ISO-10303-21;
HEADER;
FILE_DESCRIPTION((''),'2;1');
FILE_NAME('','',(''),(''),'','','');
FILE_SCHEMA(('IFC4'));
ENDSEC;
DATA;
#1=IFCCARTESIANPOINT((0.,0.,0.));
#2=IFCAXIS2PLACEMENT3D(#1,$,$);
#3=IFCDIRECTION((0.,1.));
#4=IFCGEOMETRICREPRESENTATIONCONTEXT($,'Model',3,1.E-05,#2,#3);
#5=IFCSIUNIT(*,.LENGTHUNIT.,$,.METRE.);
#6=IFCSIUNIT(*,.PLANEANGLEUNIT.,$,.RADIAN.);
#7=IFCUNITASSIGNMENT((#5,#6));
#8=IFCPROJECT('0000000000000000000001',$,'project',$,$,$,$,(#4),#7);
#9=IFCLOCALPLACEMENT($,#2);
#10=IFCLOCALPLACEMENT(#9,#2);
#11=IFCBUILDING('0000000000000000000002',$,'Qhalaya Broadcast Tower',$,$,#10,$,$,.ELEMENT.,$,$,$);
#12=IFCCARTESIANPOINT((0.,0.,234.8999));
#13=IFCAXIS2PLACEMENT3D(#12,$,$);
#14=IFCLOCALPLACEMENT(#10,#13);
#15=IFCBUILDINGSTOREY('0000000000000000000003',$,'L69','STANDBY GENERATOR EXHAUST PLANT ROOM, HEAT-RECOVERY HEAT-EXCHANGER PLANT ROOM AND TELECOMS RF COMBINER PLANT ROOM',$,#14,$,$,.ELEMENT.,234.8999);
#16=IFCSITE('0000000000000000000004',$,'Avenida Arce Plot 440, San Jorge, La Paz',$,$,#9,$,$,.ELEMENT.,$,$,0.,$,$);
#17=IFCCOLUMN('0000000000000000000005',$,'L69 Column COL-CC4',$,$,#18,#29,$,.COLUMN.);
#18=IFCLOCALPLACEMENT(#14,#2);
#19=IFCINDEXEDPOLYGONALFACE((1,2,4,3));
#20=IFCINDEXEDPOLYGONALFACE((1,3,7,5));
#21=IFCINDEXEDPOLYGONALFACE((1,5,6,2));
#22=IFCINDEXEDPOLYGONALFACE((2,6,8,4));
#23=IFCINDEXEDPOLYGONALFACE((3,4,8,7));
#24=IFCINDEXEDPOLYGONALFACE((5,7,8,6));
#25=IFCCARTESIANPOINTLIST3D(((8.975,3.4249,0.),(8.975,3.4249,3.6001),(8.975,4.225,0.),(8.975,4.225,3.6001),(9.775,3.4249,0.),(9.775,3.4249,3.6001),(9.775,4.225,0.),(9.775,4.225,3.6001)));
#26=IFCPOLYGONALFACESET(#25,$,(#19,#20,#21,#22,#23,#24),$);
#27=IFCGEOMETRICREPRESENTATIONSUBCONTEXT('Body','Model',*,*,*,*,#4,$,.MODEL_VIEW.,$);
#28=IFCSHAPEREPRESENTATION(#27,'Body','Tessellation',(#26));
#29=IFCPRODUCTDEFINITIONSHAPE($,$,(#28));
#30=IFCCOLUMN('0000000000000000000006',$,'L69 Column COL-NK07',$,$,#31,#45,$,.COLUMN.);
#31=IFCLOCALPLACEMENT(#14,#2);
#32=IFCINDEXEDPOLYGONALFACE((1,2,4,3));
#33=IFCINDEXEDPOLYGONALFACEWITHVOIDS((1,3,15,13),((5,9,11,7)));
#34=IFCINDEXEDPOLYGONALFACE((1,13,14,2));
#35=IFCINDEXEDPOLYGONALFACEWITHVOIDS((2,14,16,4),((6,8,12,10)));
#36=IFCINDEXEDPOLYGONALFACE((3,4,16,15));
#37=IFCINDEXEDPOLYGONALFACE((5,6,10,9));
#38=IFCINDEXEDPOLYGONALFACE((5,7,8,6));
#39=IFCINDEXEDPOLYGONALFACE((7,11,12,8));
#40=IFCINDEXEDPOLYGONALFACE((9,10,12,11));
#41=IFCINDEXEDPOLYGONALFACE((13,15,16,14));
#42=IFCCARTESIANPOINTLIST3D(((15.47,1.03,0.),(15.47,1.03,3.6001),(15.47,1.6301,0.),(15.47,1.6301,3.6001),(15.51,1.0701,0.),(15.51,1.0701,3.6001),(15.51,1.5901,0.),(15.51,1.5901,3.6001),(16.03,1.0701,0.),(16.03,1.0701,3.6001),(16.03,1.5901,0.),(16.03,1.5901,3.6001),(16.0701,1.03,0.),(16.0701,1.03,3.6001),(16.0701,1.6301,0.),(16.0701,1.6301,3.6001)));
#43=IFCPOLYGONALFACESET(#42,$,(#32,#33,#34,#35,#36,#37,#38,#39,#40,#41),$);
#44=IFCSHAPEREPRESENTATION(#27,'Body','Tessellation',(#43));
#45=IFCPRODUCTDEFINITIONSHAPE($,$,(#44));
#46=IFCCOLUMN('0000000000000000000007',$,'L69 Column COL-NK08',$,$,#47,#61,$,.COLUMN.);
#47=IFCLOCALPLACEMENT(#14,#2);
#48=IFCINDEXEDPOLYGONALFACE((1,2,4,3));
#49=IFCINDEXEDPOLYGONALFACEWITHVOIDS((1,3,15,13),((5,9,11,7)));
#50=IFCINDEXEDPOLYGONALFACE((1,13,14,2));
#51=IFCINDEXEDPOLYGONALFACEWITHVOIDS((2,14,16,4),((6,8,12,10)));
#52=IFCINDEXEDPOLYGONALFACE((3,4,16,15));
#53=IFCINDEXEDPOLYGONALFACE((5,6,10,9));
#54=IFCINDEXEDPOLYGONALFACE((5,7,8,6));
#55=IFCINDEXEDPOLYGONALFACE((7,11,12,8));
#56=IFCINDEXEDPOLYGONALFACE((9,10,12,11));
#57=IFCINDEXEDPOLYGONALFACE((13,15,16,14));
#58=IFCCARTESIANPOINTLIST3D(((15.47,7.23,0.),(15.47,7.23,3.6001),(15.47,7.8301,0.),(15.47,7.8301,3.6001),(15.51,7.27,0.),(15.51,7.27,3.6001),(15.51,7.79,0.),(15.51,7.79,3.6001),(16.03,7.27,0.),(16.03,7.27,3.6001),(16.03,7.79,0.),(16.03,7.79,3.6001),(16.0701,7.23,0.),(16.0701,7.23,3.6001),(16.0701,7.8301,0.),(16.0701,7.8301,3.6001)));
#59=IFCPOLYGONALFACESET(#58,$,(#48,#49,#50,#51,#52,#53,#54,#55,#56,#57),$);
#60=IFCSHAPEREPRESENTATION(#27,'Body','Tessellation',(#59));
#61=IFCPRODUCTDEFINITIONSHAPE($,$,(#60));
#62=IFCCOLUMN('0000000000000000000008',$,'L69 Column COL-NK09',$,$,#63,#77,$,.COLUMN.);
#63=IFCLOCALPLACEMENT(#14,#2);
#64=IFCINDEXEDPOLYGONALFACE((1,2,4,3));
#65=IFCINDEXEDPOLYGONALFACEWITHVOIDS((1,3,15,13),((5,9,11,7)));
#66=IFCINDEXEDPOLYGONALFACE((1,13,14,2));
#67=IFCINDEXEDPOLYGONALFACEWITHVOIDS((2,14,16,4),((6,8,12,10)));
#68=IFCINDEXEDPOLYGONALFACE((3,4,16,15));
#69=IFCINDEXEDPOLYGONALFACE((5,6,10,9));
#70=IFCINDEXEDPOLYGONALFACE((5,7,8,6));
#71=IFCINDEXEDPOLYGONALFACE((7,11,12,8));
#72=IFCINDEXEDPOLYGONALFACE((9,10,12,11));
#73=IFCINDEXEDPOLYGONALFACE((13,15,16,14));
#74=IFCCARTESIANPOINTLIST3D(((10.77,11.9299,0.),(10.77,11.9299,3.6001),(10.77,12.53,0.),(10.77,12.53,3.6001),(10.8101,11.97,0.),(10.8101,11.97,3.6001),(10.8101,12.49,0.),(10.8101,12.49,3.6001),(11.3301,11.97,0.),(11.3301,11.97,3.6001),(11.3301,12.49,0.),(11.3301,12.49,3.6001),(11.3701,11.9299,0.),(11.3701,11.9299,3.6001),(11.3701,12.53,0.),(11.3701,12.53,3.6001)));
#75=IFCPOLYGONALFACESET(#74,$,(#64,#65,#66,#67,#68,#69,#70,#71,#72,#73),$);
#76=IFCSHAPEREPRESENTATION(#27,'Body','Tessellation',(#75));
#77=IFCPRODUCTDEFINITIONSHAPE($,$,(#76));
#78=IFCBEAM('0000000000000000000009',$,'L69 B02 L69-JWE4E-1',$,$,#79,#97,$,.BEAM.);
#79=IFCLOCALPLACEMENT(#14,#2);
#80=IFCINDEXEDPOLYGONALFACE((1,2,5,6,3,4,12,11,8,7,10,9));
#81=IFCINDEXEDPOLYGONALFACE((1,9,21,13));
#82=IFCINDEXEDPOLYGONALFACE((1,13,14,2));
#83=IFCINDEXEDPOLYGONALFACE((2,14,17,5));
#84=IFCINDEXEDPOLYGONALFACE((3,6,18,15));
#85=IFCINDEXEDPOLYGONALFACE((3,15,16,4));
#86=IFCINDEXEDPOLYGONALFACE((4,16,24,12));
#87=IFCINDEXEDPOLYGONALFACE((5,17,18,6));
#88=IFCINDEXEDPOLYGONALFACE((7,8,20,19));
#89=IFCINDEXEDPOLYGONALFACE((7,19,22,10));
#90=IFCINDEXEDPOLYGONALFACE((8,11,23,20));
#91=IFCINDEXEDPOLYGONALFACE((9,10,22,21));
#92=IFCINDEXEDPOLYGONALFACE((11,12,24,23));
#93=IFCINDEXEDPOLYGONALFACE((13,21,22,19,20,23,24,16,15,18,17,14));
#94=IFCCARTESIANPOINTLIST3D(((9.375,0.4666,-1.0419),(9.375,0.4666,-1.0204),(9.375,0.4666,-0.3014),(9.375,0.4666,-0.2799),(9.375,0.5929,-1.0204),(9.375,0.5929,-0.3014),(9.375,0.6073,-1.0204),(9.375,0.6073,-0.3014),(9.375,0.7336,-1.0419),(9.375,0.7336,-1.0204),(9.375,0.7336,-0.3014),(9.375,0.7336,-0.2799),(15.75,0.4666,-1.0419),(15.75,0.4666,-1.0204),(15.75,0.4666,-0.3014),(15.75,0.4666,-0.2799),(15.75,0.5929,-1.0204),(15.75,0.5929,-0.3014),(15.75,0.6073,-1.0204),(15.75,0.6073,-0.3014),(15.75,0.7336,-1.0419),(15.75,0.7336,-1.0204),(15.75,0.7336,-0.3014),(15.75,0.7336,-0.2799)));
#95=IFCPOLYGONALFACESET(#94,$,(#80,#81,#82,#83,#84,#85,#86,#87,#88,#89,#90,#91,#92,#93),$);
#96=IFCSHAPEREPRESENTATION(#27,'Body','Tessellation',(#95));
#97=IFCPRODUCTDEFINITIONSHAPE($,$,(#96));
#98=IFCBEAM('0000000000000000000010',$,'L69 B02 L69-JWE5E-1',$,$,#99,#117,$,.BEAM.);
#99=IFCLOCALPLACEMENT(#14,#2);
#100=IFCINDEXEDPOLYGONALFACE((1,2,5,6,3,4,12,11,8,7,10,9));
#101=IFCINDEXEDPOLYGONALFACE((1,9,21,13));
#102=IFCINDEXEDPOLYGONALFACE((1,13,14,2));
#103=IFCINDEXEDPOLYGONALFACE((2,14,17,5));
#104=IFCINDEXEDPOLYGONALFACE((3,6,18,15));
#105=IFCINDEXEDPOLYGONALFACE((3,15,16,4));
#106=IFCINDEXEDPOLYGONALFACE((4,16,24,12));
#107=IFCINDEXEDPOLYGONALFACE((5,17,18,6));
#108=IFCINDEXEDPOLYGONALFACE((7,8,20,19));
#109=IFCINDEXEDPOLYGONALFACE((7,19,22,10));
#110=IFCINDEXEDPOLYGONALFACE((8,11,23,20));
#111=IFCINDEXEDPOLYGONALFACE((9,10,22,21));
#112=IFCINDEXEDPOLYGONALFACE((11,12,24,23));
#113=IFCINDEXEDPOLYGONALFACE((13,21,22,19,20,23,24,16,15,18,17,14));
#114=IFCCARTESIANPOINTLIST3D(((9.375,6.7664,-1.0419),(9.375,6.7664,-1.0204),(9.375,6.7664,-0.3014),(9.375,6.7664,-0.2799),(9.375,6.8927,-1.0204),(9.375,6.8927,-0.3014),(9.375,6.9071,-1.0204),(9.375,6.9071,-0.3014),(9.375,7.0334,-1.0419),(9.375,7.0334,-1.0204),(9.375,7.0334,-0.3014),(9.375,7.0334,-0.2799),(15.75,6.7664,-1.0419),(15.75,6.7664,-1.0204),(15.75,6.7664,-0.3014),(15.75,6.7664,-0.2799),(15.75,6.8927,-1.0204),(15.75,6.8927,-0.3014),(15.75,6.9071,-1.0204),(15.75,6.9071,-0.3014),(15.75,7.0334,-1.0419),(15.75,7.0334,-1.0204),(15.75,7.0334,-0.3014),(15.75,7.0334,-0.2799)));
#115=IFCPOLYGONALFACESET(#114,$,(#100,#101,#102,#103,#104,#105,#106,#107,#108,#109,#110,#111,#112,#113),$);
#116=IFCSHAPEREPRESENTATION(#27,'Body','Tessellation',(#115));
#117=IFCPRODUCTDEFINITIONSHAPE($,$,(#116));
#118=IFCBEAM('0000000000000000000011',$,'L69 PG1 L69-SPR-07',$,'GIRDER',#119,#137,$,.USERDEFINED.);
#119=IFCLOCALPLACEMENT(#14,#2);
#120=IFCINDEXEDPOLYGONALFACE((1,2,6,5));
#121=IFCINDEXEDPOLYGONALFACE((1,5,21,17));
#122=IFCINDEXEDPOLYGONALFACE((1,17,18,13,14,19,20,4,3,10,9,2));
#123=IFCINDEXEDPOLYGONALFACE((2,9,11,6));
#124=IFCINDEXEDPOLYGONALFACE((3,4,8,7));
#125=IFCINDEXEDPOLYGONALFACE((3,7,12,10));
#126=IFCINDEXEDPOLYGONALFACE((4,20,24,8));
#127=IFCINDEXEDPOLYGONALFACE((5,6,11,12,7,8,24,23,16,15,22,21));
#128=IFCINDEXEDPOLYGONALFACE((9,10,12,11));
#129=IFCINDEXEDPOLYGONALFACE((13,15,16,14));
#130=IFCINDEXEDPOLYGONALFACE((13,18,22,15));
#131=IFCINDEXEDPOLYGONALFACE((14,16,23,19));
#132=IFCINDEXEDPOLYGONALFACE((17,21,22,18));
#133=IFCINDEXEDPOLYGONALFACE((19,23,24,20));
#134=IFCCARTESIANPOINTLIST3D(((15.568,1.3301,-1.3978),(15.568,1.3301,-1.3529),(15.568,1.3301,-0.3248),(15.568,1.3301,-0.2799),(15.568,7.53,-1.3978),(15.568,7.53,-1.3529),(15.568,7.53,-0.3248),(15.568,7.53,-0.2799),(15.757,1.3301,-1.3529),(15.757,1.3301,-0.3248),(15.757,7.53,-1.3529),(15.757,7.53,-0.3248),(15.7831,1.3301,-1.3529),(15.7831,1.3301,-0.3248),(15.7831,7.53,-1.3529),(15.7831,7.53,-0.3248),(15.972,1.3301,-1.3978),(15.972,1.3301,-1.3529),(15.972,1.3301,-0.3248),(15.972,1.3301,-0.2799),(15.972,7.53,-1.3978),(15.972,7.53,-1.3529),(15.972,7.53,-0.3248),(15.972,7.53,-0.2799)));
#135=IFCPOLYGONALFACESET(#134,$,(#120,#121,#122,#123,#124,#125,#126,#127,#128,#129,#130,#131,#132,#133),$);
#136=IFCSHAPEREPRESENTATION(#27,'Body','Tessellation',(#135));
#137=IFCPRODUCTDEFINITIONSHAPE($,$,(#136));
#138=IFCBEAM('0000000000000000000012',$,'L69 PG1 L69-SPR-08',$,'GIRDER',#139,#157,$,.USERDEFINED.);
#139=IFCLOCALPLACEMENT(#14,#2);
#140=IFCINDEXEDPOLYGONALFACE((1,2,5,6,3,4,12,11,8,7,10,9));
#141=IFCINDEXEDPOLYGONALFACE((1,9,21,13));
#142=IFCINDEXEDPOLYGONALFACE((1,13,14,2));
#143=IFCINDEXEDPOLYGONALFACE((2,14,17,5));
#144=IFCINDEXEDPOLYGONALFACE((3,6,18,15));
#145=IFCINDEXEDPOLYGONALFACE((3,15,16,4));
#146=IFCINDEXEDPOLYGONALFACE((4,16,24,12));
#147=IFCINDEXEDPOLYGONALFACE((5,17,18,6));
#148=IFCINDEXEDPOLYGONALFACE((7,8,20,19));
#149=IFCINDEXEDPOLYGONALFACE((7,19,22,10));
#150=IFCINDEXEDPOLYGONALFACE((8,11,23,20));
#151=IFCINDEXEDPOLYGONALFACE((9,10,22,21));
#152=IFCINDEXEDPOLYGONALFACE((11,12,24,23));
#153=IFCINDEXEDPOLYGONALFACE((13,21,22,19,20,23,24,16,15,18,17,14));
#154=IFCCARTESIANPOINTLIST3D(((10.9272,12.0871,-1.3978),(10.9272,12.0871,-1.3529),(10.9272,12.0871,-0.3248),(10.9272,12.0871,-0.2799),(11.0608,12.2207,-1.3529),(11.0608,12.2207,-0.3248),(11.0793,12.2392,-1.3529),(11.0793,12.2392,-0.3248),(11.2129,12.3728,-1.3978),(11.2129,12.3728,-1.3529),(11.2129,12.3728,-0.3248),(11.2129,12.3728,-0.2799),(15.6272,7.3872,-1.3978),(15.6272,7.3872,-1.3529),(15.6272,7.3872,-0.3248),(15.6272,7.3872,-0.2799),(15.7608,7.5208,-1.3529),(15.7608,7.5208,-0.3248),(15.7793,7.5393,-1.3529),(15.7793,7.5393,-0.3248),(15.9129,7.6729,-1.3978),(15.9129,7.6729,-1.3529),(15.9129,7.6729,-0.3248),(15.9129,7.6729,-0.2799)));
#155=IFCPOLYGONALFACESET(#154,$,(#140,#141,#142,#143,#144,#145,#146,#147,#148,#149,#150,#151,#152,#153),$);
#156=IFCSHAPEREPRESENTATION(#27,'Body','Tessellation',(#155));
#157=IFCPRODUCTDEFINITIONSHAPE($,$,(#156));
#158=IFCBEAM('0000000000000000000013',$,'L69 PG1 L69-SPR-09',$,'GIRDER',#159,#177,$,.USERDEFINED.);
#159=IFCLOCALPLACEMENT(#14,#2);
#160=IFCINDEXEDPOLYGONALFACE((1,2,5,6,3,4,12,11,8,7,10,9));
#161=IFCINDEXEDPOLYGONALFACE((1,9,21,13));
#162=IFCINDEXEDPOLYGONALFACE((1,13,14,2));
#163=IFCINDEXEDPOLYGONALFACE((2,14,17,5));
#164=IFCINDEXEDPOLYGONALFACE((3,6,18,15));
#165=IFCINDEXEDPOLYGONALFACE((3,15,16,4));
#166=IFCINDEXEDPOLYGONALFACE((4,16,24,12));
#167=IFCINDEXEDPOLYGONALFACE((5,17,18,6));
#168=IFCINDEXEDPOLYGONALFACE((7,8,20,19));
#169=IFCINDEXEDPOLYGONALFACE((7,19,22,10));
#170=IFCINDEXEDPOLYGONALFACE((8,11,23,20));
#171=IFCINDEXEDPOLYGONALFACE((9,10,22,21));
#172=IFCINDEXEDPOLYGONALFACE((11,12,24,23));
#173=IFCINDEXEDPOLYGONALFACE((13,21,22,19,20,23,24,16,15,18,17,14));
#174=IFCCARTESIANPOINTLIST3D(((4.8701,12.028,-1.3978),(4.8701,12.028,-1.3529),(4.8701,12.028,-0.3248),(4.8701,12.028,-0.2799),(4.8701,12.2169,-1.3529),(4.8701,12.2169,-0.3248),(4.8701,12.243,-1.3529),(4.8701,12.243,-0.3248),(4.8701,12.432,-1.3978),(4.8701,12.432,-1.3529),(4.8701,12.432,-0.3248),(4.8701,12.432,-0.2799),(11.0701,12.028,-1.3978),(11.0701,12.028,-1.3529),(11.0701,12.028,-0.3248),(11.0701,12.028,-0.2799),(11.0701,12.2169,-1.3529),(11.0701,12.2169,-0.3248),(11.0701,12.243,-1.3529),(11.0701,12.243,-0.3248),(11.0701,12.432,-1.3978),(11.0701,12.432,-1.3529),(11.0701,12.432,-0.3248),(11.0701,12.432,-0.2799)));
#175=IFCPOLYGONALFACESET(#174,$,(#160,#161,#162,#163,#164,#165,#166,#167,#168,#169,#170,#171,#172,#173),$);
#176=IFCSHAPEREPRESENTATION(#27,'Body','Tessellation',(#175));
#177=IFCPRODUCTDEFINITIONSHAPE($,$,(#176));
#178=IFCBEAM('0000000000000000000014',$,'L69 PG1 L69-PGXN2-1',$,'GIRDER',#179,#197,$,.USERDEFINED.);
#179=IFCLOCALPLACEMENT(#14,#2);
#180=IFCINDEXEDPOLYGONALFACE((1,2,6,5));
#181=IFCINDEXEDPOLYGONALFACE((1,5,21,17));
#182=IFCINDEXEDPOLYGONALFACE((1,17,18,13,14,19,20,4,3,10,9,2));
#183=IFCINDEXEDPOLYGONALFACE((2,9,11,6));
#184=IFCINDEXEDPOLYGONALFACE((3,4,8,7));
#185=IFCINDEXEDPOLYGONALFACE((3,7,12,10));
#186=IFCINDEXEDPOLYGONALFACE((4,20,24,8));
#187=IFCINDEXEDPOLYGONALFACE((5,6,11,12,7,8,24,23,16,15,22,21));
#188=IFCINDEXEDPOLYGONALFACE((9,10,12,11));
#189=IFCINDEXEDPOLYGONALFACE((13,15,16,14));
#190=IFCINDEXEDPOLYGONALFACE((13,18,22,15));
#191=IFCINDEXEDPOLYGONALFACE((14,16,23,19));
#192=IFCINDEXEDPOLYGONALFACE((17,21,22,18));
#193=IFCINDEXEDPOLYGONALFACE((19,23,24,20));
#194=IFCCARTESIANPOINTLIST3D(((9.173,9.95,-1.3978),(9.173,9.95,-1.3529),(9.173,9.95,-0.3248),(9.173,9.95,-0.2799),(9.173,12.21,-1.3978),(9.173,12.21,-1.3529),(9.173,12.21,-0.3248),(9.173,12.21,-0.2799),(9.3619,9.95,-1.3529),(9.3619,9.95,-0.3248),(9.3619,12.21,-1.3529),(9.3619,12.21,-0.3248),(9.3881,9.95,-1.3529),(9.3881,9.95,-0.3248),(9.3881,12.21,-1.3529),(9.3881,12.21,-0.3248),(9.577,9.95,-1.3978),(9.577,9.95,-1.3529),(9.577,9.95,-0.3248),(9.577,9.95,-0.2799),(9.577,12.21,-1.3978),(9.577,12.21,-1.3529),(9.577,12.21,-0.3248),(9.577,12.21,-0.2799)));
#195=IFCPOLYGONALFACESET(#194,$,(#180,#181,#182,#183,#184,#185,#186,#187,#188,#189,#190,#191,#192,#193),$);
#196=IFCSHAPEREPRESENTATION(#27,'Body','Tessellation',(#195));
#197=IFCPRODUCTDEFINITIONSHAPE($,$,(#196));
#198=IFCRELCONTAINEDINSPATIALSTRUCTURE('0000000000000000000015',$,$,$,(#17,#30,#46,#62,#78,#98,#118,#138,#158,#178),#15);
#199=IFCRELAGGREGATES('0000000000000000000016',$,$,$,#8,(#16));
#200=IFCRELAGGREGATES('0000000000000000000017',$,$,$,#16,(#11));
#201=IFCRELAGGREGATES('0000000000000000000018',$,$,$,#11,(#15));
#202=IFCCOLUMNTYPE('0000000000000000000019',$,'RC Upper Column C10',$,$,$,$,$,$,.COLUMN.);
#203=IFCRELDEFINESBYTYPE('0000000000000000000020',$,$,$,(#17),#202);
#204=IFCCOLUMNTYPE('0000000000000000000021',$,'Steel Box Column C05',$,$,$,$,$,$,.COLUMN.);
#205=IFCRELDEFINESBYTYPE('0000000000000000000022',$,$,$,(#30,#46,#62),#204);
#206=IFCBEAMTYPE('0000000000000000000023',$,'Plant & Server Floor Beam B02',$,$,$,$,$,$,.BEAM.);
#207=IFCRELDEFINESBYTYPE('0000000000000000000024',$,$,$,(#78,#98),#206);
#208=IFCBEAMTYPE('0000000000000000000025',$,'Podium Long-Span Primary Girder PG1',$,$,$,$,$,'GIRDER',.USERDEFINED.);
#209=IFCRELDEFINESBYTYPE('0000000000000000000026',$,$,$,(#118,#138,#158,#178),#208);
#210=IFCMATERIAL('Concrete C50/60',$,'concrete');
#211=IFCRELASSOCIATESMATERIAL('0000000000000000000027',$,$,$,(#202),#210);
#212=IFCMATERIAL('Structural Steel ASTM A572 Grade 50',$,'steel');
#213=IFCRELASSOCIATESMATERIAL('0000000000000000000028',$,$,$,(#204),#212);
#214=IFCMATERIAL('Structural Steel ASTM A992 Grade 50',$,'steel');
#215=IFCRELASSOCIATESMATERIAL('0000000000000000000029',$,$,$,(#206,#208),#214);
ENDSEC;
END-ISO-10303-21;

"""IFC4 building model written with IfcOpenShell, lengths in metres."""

from ifc_helpers import new_model, si_unit, direction, frame, origin, origin_2d, place, context, subcontext, project, spatial, rectangle, hollow_rectangle, i_section, extrude, material, material_profile, profile_set, type_object, element, save


model = new_model("IFC4")

# Units and contexts
model_context = context("Model", 3, precision=1e-05, world=origin(), true_north=direction((0.0, 1.0)))
body_context = subcontext(model_context, "Body", "Model", "MODEL_VIEW")
ifc_project = project(units=[si_unit("LENGTHUNIT", "METRE"), si_unit("PLANEANGLEUNIT", "RADIAN")], contexts=[model_context])

# Site, building, storey
site_placement = place(None, origin())
site = spatial("IfcSite", under=ifc_project, at=site_placement, Name="Avenida Arce Plot 440, San Jorge, La Paz", CompositionType="ELEMENT", RefElevation=0.0)
building_placement = place(site_placement, origin())
building = spatial("IfcBuilding", under=site, at=building_placement, Name="Qhalaya Broadcast Tower", CompositionType="ELEMENT")
storey_placement = place(building_placement, frame((0.0, 0.0, 234.8999)))
storey = spatial("IfcBuildingStorey", under=building, at=storey_placement, Name="L69", Description="STANDBY GENERATOR EXHAUST PLANT ROOM, HEAT-RECOVERY HEAT-EXCHANGER PLANT ROOM AND TELECOMS RF COMBINER PLANT ROOM", CompositionType="ELEMENT", Elevation=234.8999)

# Columns
ifc_material_1 = material(Name="Concrete C50/60", Category="concrete")
ifc_material_profile_1 = material_profile(ifc_material_1, rectangle(XDim=0.8, YDim=0.8, at=origin_2d()), Name="RC-COL 800x800")
ifc_profile_set_1 = profile_set([ifc_material_profile_1], Name="Concrete C50/60")
column_type_1 = type_object("IfcColumnType", Name="RC Upper Column C10", PredefinedType="COLUMN", material=ifc_profile_set_1)
column_placement = place(storey_placement, frame((9.375, 3.825, 0.0), z_axis=(0.0, 0.0, 1.0), x_axis=(1.0, 0.0, 0.0)))
element("IfcColumn", 1, at=column_placement, inside=storey, type_object=column_type_1, Name="L69 Column COL-CC4", PredefinedType="COLUMN", context=body_context, shape_type="SweptSolid", body=[
    extrude(rectangle(XDim=0.8, YDim=0.8, at=origin_2d()), origin(), (0.0, 0.0, 1.0), 3.6001),
])
ifc_material_2 = material(Name="Structural Steel ASTM A572 Grade 50", Category="steel")
ifc_material_profile_2 = material_profile(ifc_material_2, hollow_rectangle(XDim=0.6001, YDim=0.6001, WallThickness=0.04, at=origin_2d()), Name="BOX 600x600x40")
ifc_profile_set_2 = profile_set([ifc_material_profile_2], Name="Structural Steel ASTM A572 Grade 50")
column_type_2 = type_object("IfcColumnType", Name="Steel Box Column C05", PredefinedType="COLUMN", material=ifc_profile_set_2)
for number, where, z_axis, x_axis, name in (
    (2, (15.77, 1.3301, 0.0), (0.0, 0.0, 1.0), (0.0, 1.0, 0.0), "L69 Column COL-NK07"),
    (3, (15.77, 7.53, 0.0), (0.0, 0.0, 1.0), (0.0, 1.0, 0.0), "L69 Column COL-NK08"),
    (4, (11.0701, 12.23, 0.0), (0.0, 0.0, 1.0), (1.0, 0.0, 0.0), "L69 Column COL-NK09"),
):
    element("IfcColumn", number, at=place(storey_placement, frame(where, z_axis=z_axis, x_axis=x_axis)), inside=storey, type_object=column_type_2, Name=name, PredefinedType="COLUMN", context=body_context, shape_type="SweptSolid", body=[
        extrude(hollow_rectangle(XDim=0.6001, YDim=0.6001, WallThickness=0.04, at=origin_2d()), origin(), (0.0, 0.0, 1.0), 3.6001),
    ])

# Beams
ifc_material_3 = material(Name="Structural Steel ASTM A992 Grade 50", Category="steel")
ifc_material_profile_3 = material_profile(ifc_material_3, i_section(OverallWidth=0.2671, OverallDepth=0.762, WebThickness=0.0144, FlangeThickness=0.0215, at=origin_2d()), Name="W30X116")
ifc_profile_set_3 = profile_set([ifc_material_profile_3], Name="Structural Steel ASTM A992 Grade 50")
beam_type_1 = type_object("IfcBeamType", Name="Plant & Server Floor Beam B02", PredefinedType="BEAM", material=ifc_profile_set_3)
for number, where, z_axis, x_axis, name in (
    (5, (9.375, 0.6001, -0.6609), (1.0, 0.0, 0.0), (0.0, 1.0, 0.0), "L69 B02 L69-JWE4E-1"),
    (6, (9.375, 6.8999, -0.6609), (1.0, 0.0, 0.0), (0.0, 1.0, 0.0), "L69 B02 L69-JWE5E-1"),
):
    element("IfcBeam", number, at=place(storey_placement, frame(where, z_axis=z_axis, x_axis=x_axis)), inside=storey, type_object=beam_type_1, Name=name, PredefinedType="BEAM", context=body_context, shape_type="SweptSolid", body=[
        extrude(i_section(OverallWidth=0.2671, OverallDepth=0.762, WebThickness=0.0144, FlangeThickness=0.0215, at=origin_2d()), origin(), (0.0, 0.0, 1.0), 6.375),
    ])
ifc_material_profile_4 = material_profile(ifc_material_3, i_section(OverallWidth=0.4041, OverallDepth=1.1179, WebThickness=0.0261, FlangeThickness=0.0449, at=origin_2d()), Name="W44X335")
ifc_profile_set_4 = profile_set([ifc_material_profile_4], Name="Structural Steel ASTM A992 Grade 50")
beam_type_2 = type_object("IfcBeamType", Name="Podium Long-Span Primary Girder PG1", ElementType="GIRDER", PredefinedType="USERDEFINED", material=ifc_profile_set_4)
beam_1_placement = place(storey_placement, frame((15.77, 1.3301, -0.8389), z_axis=(0.0, 1.0, 0.0), x_axis=(-1.0, 0.0, 0.0)))
element("IfcBeam", 7, at=beam_1_placement, inside=storey, type_object=beam_type_2, Name="L69 PG1 L69-SPR-07", ObjectType="GIRDER", PredefinedType="USERDEFINED", context=body_context, shape_type="SweptSolid", body=[
    extrude(i_section(OverallWidth=0.4041, OverallDepth=1.1179, WebThickness=0.0261, FlangeThickness=0.0449, at=origin_2d()), origin(), (0.0, 0.0, 1.0), 6.2),
])
beam_2_placement = place(storey_placement, frame((15.77, 7.53, -0.8389), z_axis=(-0.707107, 0.707107, 0.0), x_axis=(-0.707107, -0.707107, 0.0)))
element("IfcBeam", 8, at=beam_2_placement, inside=storey, type_object=beam_type_2, Name="L69 PG1 L69-SPR-08", ObjectType="GIRDER", PredefinedType="USERDEFINED", context=body_context, shape_type="SweptSolid", body=[
    extrude(i_section(OverallWidth=0.4041, OverallDepth=1.1179, WebThickness=0.0261, FlangeThickness=0.0449, at=origin_2d()), origin(), (0.0, 0.0, 1.0), 6.6467),
])
beam_3_placement = place(storey_placement, frame((11.0701, 12.23, -0.8389), z_axis=(-1.0, 0.0, 0.0), x_axis=(0.0, -1.0, 0.0)))
element("IfcBeam", 9, at=beam_3_placement, inside=storey, type_object=beam_type_2, Name="L69 PG1 L69-SPR-09", ObjectType="GIRDER", PredefinedType="USERDEFINED", context=body_context, shape_type="SweptSolid", body=[
    extrude(i_section(OverallWidth=0.4041, OverallDepth=1.1179, WebThickness=0.0261, FlangeThickness=0.0449, at=origin_2d()), origin(), (0.0, 0.0, 1.0), 6.2),
])
beam_4_placement = place(storey_placement, frame((9.375, 9.95, -0.8389), z_axis=(0.0, 1.0, 0.0), x_axis=(-1.0, 0.0, 0.0)))
element("IfcBeam", 10, at=beam_4_placement, inside=storey, type_object=beam_type_2, Name="L69 PG1 L69-PGXN2-1", ObjectType="GIRDER", PredefinedType="USERDEFINED", context=body_context, shape_type="SweptSolid", body=[
    extrude(i_section(OverallWidth=0.4041, OverallDepth=1.1179, WebThickness=0.0261, FlangeThickness=0.0449, at=origin_2d()), origin(), (0.0, 0.0, 1.0), 2.26),
])

save(model, "model.ifc")
